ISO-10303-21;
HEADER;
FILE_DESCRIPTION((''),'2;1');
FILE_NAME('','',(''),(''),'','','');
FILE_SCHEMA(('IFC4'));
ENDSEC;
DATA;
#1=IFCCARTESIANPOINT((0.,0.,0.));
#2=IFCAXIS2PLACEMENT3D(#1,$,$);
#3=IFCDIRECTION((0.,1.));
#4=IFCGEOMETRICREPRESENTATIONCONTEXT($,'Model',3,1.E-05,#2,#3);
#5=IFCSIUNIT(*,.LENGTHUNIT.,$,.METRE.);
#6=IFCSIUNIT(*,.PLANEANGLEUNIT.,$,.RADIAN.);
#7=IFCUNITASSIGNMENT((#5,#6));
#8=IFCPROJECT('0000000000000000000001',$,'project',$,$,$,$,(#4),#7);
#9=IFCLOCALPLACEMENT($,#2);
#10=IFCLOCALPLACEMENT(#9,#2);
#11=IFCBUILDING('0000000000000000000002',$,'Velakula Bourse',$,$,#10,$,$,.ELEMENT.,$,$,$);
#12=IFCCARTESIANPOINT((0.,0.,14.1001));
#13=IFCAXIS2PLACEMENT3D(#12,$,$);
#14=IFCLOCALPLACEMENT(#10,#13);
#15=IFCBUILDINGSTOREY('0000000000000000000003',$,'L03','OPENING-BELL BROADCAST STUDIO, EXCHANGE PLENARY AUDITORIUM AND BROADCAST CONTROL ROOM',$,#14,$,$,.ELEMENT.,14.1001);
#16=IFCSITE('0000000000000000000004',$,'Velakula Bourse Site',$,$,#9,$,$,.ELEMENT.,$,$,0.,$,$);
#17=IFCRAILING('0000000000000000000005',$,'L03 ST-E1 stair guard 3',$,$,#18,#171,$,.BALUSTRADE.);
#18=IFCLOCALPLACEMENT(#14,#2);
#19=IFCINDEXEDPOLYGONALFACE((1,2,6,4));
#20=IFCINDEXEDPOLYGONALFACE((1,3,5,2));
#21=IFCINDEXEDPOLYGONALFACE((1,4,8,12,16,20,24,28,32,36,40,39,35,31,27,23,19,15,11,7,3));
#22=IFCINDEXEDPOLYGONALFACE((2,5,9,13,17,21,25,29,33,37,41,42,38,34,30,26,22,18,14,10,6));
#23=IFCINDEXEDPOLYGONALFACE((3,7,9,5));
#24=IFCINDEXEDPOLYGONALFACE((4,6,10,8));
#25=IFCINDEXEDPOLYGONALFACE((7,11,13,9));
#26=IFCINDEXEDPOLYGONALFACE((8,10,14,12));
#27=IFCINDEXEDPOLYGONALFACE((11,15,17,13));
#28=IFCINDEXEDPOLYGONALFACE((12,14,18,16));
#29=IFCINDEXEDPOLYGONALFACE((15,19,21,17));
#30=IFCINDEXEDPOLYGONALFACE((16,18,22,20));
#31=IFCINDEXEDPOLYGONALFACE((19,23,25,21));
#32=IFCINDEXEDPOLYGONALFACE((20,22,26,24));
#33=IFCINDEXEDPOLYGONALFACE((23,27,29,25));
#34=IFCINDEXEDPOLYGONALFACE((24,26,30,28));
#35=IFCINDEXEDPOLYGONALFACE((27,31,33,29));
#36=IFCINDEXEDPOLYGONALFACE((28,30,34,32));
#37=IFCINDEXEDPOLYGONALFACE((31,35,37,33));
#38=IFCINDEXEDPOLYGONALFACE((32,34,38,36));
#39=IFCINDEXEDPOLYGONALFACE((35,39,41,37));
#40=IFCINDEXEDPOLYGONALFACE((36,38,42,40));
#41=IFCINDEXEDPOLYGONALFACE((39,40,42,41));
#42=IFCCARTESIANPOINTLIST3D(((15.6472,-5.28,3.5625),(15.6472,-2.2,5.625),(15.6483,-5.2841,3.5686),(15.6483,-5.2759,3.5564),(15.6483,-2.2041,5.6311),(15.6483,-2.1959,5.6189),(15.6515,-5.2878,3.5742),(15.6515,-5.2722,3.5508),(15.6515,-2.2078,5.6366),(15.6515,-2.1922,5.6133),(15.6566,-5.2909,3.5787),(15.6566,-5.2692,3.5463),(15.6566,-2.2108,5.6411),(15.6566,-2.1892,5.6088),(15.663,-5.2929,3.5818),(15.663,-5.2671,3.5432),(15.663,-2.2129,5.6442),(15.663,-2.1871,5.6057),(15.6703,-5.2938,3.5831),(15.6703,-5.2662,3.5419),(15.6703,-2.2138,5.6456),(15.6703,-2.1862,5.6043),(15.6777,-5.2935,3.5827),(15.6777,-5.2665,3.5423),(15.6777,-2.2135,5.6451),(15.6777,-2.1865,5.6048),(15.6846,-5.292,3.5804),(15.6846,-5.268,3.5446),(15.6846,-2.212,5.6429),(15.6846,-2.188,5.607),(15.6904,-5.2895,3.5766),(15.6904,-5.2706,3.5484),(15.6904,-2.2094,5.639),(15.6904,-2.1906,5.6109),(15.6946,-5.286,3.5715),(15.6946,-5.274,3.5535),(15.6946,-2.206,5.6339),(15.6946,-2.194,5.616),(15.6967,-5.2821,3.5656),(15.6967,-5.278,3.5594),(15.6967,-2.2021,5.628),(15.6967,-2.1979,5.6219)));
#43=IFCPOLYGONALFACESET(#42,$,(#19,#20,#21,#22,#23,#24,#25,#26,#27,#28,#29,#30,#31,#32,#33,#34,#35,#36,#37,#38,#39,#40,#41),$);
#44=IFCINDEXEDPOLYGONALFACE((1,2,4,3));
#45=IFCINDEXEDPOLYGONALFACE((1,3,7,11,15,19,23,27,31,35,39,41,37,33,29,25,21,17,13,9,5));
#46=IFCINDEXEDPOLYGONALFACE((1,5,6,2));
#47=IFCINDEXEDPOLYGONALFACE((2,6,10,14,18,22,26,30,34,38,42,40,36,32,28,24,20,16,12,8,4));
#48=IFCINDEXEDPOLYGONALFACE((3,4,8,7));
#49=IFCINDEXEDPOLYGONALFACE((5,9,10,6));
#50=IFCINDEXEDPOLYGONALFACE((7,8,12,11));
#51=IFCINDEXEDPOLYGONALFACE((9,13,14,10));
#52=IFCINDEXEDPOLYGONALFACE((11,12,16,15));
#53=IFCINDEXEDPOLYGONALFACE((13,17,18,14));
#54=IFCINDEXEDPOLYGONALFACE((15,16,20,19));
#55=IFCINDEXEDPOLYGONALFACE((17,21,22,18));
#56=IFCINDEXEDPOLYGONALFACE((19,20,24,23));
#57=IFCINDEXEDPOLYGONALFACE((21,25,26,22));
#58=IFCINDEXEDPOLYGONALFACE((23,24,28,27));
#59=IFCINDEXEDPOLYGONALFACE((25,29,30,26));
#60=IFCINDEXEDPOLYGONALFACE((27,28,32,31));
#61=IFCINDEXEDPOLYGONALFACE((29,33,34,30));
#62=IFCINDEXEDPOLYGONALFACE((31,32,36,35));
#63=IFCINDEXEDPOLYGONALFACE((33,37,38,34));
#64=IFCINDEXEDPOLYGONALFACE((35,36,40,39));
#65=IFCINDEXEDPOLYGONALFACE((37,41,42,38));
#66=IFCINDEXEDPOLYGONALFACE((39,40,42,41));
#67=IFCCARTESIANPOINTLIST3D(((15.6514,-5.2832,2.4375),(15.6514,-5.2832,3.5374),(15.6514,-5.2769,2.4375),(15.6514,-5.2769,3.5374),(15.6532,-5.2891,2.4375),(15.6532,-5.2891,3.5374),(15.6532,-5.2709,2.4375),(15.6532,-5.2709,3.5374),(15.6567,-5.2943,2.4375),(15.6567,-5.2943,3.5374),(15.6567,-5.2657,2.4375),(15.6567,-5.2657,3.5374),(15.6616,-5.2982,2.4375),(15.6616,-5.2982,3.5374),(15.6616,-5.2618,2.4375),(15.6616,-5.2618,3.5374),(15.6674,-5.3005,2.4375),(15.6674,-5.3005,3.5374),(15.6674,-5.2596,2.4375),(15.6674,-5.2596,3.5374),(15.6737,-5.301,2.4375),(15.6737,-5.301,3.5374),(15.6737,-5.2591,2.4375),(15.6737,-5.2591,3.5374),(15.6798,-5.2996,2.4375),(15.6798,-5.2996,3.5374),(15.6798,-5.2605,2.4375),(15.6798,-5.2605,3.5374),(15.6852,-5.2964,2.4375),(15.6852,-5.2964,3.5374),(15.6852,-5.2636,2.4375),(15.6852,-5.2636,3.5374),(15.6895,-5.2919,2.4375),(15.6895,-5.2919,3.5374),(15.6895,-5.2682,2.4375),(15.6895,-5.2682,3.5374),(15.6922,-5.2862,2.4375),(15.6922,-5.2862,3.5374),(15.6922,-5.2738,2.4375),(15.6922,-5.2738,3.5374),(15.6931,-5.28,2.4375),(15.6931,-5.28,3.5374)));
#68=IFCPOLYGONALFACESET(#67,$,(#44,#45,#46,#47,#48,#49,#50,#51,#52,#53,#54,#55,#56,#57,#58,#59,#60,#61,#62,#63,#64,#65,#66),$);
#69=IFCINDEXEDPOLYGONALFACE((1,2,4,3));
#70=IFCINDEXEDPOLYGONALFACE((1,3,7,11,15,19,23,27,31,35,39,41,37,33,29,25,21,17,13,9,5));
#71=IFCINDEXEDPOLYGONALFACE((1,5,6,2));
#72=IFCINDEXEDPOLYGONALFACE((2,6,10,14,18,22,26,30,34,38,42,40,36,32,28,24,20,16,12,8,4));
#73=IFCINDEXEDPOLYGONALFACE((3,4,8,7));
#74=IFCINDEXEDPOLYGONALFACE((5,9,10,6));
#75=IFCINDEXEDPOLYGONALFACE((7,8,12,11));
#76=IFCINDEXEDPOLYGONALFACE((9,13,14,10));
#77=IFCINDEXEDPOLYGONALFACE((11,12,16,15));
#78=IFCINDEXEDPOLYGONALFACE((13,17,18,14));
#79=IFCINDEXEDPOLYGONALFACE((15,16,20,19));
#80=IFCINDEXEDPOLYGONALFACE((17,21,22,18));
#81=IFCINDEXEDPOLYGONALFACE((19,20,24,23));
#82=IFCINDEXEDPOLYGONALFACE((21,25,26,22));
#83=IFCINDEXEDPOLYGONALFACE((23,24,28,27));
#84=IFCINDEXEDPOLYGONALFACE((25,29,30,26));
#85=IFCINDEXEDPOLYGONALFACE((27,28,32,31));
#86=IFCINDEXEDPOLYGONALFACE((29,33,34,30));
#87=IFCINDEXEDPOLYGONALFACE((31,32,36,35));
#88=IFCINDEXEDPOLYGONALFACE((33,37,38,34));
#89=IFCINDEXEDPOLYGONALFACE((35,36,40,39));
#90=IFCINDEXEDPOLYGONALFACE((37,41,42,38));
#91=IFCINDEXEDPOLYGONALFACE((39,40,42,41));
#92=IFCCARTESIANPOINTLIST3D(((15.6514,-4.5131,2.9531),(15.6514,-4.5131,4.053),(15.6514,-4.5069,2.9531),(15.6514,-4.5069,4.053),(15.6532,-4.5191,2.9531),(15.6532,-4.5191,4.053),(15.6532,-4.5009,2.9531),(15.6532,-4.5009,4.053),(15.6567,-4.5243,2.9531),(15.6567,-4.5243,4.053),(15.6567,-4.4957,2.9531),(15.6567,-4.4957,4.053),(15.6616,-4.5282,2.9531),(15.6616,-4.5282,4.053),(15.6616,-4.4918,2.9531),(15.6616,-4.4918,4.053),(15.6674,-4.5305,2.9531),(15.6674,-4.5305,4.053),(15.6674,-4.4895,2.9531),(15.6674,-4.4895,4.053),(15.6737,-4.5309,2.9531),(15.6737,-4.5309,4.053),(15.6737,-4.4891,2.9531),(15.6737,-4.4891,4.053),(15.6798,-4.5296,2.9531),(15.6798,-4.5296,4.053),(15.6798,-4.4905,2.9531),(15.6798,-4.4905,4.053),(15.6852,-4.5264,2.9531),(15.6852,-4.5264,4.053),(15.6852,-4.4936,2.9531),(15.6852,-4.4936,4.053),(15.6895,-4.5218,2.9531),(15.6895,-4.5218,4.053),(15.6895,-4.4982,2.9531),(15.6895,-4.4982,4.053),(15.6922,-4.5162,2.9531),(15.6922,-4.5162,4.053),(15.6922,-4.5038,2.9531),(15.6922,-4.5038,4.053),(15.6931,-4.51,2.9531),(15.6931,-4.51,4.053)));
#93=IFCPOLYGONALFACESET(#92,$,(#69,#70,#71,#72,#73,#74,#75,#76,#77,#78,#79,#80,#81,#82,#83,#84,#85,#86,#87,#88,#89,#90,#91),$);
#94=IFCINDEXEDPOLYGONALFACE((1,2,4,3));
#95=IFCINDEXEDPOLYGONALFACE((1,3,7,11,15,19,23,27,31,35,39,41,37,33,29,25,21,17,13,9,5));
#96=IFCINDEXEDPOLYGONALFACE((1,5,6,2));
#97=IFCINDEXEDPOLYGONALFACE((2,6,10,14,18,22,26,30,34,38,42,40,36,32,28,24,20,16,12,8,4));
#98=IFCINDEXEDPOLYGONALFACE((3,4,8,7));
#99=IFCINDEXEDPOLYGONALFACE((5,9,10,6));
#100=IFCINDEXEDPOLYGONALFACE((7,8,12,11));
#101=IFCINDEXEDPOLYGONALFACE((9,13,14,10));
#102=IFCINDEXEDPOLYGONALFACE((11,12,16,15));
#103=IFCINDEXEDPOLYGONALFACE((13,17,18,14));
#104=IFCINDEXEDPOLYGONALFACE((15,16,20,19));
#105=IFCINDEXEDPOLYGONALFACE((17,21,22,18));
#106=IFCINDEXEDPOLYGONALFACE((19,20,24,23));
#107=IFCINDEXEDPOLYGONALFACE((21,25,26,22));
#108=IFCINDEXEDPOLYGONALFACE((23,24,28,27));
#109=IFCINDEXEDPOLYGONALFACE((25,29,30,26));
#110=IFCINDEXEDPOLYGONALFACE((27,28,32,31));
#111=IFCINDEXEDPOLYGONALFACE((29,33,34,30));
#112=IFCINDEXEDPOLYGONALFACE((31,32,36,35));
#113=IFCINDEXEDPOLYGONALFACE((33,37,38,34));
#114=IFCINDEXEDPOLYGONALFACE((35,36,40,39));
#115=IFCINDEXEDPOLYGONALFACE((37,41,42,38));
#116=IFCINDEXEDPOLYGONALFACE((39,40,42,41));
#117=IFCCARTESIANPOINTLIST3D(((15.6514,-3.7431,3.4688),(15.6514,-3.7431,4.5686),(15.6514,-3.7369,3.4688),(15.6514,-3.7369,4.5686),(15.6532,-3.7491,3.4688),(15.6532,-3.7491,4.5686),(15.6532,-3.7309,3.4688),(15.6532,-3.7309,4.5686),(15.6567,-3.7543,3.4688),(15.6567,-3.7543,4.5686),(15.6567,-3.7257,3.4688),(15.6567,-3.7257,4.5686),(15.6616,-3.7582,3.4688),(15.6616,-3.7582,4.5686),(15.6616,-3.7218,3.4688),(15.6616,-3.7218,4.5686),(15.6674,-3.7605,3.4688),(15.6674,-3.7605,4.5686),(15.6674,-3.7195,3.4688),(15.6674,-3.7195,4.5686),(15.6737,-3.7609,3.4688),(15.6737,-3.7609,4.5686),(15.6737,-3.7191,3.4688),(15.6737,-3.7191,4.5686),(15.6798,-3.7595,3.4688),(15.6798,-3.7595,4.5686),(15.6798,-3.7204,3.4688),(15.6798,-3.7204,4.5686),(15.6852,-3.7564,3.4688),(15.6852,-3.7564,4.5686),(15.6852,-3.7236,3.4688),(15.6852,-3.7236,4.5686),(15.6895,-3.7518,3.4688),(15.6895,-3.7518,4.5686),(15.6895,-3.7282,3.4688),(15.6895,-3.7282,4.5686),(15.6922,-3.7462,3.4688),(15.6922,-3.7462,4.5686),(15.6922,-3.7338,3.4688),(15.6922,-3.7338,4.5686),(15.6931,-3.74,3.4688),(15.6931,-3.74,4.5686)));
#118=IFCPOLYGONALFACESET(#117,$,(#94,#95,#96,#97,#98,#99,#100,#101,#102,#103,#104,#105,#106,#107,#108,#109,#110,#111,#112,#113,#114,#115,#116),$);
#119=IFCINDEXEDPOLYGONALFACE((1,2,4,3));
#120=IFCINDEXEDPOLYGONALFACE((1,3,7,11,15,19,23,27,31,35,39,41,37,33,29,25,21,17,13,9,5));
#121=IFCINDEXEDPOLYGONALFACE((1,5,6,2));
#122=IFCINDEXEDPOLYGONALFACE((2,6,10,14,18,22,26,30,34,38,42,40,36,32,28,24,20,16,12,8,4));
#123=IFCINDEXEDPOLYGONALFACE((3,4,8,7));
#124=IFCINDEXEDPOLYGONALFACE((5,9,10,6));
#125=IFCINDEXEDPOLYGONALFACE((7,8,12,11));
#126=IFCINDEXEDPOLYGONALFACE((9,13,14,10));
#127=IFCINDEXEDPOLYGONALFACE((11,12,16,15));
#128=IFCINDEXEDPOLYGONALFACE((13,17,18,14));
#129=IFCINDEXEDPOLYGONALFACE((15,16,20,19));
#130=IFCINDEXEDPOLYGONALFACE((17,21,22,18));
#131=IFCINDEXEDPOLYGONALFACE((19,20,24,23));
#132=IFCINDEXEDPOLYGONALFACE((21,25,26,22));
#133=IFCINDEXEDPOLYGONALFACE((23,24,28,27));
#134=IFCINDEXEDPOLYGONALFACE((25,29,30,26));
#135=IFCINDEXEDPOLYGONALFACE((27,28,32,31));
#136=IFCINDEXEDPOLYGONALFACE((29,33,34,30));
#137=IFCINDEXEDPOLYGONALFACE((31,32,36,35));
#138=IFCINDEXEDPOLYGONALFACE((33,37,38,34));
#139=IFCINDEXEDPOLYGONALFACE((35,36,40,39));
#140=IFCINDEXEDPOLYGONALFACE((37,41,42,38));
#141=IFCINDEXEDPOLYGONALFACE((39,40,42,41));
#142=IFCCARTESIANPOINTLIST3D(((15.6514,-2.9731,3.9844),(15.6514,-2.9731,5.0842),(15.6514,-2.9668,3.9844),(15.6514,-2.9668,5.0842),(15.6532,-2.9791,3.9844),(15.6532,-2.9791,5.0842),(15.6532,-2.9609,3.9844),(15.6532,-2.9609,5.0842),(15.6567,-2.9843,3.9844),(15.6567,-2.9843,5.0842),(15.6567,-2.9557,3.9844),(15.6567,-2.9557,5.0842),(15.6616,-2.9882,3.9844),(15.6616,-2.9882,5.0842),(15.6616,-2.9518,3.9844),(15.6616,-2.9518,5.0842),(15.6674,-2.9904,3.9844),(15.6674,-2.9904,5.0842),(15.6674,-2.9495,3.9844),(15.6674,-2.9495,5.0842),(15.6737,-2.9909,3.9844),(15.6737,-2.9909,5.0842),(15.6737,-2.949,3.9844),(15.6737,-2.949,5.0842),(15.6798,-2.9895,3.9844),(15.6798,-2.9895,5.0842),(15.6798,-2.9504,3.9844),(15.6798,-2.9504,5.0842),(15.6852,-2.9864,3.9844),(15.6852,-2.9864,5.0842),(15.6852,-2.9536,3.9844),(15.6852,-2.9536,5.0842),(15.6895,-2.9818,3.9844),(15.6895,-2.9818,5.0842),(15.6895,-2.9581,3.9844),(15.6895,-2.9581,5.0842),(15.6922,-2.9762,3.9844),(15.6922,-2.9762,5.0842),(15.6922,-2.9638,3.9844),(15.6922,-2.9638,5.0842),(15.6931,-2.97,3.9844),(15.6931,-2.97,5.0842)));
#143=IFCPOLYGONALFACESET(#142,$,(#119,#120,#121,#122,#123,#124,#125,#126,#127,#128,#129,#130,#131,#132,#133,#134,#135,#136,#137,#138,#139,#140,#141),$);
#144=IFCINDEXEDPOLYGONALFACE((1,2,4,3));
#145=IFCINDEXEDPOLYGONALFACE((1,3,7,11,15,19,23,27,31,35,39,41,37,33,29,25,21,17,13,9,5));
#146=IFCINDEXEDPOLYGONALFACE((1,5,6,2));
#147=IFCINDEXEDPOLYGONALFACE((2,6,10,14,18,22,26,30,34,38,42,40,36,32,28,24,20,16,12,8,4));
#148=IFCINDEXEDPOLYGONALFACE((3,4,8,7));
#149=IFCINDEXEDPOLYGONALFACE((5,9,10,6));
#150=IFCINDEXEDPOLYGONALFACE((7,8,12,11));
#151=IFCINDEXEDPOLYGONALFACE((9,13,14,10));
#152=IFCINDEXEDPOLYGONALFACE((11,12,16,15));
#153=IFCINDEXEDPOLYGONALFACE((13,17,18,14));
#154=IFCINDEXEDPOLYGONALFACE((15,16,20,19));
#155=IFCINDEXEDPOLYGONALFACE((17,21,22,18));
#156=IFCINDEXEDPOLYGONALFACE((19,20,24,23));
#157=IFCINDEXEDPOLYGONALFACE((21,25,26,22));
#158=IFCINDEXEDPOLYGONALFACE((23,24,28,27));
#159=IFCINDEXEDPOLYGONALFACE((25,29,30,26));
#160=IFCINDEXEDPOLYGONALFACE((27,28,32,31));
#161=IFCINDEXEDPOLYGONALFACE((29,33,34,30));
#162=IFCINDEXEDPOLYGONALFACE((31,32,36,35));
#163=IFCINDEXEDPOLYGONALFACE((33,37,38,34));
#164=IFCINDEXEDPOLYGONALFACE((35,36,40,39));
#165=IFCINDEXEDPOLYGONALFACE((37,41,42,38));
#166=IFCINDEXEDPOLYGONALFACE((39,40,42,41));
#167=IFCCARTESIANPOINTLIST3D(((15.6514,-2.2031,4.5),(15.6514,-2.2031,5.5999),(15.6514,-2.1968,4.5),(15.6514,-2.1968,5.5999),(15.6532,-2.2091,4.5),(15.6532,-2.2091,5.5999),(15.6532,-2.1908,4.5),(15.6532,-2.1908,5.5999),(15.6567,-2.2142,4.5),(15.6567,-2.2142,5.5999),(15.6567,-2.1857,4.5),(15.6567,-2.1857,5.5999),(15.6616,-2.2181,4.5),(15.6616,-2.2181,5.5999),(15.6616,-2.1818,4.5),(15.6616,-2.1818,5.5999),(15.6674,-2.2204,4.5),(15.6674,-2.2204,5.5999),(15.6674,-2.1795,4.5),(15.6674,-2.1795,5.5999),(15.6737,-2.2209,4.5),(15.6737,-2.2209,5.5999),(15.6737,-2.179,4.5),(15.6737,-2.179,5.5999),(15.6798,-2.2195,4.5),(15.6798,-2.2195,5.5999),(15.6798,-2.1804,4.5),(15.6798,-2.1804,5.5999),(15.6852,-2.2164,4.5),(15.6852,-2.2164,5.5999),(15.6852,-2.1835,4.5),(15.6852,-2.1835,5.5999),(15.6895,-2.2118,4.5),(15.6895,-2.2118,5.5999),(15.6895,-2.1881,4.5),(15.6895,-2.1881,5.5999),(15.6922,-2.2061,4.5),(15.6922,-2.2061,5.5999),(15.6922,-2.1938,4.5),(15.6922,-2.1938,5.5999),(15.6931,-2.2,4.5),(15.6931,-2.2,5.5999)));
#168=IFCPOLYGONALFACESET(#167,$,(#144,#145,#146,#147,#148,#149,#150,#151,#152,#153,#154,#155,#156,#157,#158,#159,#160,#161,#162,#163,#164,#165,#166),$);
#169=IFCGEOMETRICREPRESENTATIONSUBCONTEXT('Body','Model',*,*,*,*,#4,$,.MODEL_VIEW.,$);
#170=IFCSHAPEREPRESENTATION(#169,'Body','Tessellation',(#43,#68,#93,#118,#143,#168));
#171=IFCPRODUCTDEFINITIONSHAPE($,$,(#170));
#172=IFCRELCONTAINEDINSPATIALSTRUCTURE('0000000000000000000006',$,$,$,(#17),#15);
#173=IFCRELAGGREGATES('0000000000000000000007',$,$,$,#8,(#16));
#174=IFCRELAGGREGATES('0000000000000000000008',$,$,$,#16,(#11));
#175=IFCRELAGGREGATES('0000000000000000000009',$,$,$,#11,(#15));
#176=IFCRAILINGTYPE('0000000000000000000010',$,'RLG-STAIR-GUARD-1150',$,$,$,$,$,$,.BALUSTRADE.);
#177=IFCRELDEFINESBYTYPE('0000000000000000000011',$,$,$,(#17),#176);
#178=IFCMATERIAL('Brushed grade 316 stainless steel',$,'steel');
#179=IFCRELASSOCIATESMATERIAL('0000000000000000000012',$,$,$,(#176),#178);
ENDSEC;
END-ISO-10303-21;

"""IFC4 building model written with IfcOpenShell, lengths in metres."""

from ifc_helpers import new_model, si_unit, direction, frame, origin, origin_2d, place, context, subcontext, project, spatial, circle, extrude, material, type_object, element, save


model = new_model("IFC4")

# Units and contexts
model_context = context("Model", 3, precision=1e-05, world=origin(), true_north=direction((0.0, 1.0)))
body_context = subcontext(model_context, "Body", "Model", "MODEL_VIEW")
ifc_project = project(units=[si_unit("LENGTHUNIT", "METRE"), si_unit("PLANEANGLEUNIT", "RADIAN")], contexts=[model_context])

# Site, building, storey
site_placement = place(None, origin())
site = spatial("IfcSite", under=ifc_project, at=site_placement, Name="Velakula Bourse Site", CompositionType="ELEMENT", RefElevation=0.0)
building_placement = place(site_placement, origin())
building = spatial("IfcBuilding", under=site, at=building_placement, Name="Velakula Bourse", CompositionType="ELEMENT")
storey_placement = place(building_placement, frame((0.0, 0.0, 14.1001)))
storey = spatial("IfcBuildingStorey", under=building, at=storey_placement, Name="L03", Description="OPENING-BELL BROADCAST STUDIO, EXCHANGE PLENARY AUDITORIUM AND BROADCAST CONTROL ROOM", CompositionType="ELEMENT", Elevation=14.1001)

# Shared definitions
ifc_material_1 = material(Name="Brushed grade 316 stainless steel", Category="steel")

# Railing
railing_type_1 = type_object("IfcRailingType", Name="RLG-STAIR-GUARD-1150", PredefinedType="BALUSTRADE", material=ifc_material_1)
railing_1_placement = place(storey_placement, frame((15.6721, -5.28, 2.4375)))
element("IfcRailing", 1, at=railing_1_placement, inside=storey, type_object=railing_type_1, Name="L03 ST-E1 stair guard 3", PredefinedType="BALUSTRADE", context=body_context, shape_type="SweptSolid", body=[
    extrude(circle(Radius=0.0249, at=origin_2d()), frame((0.0, 0.0, 1.125), z_axis=(0.0, 0.830914, 0.556401), x_axis=(-1.0, 0.0, 0.0)), (0.0, 0.0, 1.0), 3.7068),
    extrude(circle(Radius=0.021, at=origin_2d()), origin(), (0.0, 0.0, 1.0), 1.0999),
    extrude(circle(Radius=0.021, at=origin_2d()), frame((0.0, 0.77, 0.5156)), (0.0, 0.0, 1.0), 1.0999),
    extrude(circle(Radius=0.021, at=origin_2d()), frame((0.0, 1.54, 1.0312)), (0.0, 0.0, 1.0), 1.0999),
    extrude(circle(Radius=0.021, at=origin_2d()), frame((0.0, 2.3101, 1.5469)), (0.0, 0.0, 1.0), 1.0999),
    extrude(circle(Radius=0.021, at=origin_2d()), frame((0.0, 3.0801, 2.0625)), (0.0, 0.0, 1.0), 1.0999),
])

save(model, "model.ifc")
